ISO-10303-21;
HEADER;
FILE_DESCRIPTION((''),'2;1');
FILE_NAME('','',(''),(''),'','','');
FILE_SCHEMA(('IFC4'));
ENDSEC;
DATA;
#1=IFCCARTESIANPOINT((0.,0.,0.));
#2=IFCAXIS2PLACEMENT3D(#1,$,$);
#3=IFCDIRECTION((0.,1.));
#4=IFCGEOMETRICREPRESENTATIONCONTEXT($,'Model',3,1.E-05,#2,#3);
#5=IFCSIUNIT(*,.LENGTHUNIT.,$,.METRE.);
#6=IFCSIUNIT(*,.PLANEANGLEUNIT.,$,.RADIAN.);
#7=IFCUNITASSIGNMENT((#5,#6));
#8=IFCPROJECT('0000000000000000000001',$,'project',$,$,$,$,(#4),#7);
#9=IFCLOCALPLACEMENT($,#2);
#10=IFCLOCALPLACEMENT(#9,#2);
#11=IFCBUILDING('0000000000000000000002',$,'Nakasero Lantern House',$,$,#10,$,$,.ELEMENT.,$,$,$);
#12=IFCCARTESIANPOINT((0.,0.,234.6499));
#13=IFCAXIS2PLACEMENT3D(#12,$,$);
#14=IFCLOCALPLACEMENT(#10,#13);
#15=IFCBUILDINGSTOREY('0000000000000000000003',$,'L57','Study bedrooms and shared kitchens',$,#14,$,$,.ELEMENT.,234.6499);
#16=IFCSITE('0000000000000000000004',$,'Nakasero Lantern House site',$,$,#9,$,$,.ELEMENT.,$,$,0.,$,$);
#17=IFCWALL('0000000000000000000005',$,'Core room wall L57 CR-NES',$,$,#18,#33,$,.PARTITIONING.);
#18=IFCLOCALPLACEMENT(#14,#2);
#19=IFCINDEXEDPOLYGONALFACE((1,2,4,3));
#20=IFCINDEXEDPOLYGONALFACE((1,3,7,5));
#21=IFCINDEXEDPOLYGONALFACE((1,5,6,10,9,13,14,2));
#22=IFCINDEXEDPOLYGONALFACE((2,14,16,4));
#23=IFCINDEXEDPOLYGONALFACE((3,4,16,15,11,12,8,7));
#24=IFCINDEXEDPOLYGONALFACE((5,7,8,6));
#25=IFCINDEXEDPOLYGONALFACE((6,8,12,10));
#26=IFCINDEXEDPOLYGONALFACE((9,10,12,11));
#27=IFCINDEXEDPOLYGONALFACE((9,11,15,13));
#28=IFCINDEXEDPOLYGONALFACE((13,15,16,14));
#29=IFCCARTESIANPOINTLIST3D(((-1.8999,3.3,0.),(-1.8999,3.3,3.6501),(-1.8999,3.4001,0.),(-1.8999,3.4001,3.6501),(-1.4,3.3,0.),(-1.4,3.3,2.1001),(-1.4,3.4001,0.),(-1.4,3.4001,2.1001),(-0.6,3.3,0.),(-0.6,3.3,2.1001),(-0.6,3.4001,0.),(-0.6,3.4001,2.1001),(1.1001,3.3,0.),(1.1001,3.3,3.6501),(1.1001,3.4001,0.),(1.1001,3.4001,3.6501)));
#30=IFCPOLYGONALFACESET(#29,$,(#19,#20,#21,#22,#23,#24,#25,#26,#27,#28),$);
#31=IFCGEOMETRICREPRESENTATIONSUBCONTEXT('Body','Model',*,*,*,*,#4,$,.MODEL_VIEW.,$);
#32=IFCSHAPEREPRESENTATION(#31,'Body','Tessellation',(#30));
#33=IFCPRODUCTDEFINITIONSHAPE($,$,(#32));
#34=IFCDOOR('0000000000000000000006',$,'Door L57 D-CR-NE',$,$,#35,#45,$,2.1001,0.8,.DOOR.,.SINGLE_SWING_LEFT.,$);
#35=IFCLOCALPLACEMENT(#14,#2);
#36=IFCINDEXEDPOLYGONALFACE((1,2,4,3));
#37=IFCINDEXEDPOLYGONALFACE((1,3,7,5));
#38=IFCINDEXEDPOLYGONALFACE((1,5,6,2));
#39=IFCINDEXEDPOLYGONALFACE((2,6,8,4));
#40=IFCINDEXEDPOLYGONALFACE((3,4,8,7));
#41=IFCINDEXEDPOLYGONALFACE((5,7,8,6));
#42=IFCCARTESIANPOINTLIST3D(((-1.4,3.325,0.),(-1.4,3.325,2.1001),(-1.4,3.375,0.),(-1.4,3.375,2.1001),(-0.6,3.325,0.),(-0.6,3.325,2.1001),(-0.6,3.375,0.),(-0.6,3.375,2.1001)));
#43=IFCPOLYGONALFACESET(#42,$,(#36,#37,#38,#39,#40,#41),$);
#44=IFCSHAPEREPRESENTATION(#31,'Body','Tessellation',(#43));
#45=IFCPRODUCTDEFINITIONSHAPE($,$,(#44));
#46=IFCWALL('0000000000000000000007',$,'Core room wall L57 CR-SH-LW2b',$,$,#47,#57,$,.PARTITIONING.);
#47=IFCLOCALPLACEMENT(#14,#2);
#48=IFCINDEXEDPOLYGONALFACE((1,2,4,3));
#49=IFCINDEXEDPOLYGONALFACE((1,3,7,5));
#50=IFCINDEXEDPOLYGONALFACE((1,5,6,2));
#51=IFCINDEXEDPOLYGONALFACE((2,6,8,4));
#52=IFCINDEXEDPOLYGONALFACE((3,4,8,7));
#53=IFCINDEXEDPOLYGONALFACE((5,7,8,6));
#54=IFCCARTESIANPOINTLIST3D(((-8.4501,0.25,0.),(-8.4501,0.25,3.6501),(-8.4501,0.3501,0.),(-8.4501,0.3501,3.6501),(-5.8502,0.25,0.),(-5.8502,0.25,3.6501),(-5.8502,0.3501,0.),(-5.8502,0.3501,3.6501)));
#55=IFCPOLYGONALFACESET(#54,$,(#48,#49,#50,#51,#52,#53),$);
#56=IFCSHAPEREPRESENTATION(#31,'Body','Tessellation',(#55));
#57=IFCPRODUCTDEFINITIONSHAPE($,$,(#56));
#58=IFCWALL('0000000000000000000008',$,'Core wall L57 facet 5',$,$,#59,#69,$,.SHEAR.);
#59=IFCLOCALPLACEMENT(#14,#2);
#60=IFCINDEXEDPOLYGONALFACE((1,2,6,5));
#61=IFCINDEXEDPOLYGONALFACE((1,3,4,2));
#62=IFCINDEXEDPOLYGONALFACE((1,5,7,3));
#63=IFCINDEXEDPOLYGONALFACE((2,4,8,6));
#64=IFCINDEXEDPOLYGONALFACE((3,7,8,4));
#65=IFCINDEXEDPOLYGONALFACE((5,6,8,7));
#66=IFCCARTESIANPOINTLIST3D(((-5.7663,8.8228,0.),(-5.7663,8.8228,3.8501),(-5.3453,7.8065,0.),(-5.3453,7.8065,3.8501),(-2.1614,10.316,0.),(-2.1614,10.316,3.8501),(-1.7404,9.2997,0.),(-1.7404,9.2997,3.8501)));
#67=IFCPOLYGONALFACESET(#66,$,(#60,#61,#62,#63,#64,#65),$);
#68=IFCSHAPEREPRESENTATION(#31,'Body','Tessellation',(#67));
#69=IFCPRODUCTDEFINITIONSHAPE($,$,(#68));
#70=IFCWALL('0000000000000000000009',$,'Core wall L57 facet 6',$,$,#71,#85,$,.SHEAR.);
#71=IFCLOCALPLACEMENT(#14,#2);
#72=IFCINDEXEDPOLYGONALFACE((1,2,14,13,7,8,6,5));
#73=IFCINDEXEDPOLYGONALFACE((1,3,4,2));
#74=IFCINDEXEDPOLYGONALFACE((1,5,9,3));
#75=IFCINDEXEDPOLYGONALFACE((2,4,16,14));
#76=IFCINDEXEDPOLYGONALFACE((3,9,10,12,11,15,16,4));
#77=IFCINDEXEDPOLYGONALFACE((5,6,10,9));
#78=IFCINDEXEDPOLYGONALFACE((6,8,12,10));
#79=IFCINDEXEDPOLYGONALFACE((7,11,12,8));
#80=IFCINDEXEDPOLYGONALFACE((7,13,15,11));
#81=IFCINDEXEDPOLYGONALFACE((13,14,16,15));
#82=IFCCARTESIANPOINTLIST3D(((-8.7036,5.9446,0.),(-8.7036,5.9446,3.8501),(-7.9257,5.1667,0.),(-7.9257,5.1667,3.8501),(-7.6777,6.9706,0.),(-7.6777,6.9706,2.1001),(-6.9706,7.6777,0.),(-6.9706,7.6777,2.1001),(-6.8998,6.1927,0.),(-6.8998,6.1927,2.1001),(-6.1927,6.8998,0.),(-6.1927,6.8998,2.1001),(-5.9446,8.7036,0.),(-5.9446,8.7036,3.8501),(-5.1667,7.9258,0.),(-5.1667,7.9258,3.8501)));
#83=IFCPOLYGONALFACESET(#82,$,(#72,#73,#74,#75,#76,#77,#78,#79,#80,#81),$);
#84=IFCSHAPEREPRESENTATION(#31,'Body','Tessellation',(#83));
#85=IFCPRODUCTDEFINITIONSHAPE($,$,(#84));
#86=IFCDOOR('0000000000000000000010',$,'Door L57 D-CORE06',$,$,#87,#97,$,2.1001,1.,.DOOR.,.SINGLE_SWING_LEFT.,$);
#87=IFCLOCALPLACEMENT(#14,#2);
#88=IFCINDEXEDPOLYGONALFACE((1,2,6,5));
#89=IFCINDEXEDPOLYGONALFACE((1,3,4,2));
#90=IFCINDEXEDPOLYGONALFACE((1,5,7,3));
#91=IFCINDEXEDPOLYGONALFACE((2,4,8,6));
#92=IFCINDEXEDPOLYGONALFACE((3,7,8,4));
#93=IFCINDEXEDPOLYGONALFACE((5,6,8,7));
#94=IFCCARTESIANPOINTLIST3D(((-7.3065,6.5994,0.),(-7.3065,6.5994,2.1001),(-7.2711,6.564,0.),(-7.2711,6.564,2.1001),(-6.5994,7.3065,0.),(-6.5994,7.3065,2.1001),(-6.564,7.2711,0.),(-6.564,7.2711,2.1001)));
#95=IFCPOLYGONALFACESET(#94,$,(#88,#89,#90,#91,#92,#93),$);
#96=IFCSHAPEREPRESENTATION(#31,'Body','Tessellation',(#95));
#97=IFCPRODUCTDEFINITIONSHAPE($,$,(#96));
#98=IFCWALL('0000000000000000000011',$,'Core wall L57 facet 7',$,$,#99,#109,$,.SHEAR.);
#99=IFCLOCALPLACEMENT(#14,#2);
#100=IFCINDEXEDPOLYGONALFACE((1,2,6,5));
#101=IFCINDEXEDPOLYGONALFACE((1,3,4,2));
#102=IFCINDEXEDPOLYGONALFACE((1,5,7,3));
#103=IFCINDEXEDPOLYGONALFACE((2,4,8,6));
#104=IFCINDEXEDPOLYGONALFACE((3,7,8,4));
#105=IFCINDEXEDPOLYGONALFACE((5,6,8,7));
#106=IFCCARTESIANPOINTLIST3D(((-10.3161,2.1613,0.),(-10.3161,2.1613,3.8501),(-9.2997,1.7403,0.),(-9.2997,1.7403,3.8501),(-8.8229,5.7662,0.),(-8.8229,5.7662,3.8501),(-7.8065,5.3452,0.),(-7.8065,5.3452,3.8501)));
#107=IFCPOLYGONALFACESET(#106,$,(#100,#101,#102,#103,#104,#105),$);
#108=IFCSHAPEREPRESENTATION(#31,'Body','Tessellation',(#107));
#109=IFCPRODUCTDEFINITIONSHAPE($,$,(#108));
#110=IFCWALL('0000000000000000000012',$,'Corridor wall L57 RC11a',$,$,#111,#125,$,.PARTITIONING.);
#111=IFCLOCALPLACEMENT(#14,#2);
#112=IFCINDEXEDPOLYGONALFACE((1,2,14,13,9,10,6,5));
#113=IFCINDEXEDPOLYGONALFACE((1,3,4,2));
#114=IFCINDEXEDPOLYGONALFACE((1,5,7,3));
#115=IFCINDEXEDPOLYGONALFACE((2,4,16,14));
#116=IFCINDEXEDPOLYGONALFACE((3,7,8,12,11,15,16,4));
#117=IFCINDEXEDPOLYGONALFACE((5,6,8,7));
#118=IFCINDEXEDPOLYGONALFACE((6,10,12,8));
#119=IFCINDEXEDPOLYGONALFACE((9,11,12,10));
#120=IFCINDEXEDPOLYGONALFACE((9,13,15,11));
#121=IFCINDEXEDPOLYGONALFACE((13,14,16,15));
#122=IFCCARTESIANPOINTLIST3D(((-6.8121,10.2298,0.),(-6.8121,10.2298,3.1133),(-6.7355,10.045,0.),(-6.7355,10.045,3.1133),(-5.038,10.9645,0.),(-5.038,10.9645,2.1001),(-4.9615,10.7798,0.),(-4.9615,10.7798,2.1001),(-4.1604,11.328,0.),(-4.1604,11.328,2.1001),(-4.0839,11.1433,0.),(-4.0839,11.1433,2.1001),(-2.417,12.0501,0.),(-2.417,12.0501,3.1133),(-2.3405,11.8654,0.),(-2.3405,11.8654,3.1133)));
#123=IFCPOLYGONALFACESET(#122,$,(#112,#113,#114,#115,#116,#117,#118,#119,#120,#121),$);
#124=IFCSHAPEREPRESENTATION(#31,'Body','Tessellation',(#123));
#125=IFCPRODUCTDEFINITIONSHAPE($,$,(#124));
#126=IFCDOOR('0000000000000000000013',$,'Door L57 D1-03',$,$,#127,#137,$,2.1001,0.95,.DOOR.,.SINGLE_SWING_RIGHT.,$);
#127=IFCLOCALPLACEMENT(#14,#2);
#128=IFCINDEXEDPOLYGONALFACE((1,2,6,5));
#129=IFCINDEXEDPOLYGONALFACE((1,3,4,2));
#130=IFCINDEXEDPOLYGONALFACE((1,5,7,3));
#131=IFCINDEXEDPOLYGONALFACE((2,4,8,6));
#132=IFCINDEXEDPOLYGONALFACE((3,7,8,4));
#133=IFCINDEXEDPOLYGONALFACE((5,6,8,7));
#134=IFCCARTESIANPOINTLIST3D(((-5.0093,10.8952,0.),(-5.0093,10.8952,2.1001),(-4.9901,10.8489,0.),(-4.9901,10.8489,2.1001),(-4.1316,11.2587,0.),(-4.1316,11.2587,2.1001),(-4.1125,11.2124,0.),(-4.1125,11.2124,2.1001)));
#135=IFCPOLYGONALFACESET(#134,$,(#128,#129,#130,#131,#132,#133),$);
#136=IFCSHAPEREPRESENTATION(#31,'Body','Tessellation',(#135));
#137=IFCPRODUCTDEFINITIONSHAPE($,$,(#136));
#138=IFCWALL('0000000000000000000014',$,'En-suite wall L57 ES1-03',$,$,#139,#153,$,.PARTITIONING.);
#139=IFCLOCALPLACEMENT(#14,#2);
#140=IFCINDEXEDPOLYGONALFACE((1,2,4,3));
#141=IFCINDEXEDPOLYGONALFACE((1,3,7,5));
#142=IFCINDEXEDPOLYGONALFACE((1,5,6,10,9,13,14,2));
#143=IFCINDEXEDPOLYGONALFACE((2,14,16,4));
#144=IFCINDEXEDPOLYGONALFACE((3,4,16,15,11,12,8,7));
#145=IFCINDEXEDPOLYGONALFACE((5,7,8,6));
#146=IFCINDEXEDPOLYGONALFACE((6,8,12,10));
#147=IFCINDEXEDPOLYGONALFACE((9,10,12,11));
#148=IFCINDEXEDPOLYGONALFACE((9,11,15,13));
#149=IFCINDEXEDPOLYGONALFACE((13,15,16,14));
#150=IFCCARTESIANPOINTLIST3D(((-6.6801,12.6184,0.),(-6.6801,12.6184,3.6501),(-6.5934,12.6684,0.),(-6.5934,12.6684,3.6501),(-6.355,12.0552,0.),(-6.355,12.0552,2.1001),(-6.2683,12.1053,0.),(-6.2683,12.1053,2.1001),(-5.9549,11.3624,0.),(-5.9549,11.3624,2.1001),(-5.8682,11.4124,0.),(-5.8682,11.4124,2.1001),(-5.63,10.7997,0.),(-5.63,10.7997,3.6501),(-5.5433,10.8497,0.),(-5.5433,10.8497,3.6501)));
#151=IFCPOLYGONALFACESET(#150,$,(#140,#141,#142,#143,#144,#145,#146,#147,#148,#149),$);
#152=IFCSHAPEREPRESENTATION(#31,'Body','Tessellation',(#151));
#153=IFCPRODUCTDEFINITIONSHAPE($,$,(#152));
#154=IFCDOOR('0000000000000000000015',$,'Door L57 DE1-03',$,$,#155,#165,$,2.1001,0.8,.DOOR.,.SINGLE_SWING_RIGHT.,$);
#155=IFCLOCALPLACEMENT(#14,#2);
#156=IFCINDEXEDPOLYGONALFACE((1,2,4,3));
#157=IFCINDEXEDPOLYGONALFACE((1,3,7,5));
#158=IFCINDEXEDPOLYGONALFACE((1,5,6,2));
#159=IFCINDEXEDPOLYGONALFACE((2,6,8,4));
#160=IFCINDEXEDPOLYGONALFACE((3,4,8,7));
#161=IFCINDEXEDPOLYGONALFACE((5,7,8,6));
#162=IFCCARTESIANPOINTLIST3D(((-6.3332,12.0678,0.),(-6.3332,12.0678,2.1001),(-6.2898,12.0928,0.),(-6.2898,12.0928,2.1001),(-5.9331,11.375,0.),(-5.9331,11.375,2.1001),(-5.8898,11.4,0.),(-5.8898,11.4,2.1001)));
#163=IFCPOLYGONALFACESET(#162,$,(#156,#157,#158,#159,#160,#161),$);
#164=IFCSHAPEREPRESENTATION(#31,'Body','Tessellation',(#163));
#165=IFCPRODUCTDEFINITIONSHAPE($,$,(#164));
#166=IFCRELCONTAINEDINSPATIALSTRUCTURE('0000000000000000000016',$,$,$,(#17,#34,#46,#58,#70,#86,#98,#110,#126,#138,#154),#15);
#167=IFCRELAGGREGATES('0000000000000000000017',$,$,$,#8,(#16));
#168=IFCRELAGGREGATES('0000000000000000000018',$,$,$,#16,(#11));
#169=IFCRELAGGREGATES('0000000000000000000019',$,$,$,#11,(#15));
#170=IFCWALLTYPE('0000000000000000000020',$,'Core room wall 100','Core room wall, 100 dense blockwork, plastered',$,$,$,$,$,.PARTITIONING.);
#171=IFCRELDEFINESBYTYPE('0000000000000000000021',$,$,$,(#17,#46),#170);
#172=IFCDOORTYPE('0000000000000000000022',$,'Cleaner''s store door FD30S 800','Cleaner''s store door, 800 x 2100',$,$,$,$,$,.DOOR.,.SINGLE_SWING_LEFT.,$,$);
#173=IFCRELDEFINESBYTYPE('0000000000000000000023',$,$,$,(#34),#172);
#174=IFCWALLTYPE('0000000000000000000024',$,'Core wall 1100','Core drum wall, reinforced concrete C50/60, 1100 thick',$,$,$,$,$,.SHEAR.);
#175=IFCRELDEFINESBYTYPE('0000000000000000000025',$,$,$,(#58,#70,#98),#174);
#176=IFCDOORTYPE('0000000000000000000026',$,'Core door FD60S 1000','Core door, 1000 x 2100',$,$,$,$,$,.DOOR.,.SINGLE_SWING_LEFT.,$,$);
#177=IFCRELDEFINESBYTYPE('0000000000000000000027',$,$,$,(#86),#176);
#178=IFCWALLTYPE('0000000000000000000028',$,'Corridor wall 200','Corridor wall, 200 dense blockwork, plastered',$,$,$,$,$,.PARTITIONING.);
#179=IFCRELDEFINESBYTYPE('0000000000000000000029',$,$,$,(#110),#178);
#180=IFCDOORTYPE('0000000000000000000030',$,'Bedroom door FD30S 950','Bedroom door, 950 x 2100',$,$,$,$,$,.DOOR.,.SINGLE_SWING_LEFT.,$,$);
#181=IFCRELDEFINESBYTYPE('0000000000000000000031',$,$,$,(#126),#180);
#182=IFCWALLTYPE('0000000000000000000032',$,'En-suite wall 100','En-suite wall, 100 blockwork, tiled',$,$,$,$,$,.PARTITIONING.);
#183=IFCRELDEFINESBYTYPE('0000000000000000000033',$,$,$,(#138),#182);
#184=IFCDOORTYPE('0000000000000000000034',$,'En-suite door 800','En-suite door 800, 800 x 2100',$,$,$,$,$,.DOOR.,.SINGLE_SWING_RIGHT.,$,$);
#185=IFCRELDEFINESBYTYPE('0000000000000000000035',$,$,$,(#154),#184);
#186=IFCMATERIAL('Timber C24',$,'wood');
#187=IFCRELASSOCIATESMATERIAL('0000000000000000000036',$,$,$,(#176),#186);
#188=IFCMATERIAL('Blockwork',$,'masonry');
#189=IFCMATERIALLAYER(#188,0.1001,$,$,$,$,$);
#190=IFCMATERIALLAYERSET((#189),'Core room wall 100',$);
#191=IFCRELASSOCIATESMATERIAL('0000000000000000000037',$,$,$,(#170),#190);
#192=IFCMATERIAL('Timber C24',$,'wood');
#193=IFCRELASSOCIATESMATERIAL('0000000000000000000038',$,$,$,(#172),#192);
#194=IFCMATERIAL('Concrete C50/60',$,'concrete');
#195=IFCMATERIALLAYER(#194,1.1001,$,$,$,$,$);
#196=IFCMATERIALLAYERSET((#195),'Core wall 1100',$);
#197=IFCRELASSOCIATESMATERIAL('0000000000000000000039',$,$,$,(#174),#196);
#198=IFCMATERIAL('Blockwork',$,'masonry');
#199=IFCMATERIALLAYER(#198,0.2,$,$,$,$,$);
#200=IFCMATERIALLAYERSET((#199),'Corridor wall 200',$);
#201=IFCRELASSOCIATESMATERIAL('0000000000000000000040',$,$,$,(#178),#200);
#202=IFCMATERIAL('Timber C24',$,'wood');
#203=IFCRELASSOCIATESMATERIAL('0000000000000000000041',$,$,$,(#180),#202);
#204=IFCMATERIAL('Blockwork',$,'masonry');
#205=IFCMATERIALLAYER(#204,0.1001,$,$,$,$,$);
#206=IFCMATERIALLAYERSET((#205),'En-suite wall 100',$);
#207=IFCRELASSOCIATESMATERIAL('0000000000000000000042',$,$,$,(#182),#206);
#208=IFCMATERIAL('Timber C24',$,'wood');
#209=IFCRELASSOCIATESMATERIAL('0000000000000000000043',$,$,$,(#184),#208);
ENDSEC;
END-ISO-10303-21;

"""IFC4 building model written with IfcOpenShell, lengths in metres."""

from ifc_helpers import new_model, si_unit, direction, frame, frame_2d, origin, place, context, subcontext, project, spatial, rectangle, extrude, material, layer, layer_set, type_object, element, fill, save


model = new_model("IFC4")

# Units and contexts
model_context = context("Model", 3, precision=1e-05, world=origin(), true_north=direction((0.0, 1.0)))
body_context = subcontext(model_context, "Body", "Model", "MODEL_VIEW")
ifc_project = project(units=[si_unit("LENGTHUNIT", "METRE"), si_unit("PLANEANGLEUNIT", "RADIAN")], contexts=[model_context])

# Site, building, storey
site_placement = place(None, origin())
site = spatial("IfcSite", under=ifc_project, at=site_placement, Name="Nakasero Lantern House site", CompositionType="ELEMENT", RefElevation=0.0)
building_placement = place(site_placement, origin())
building = spatial("IfcBuilding", under=site, at=building_placement, Name="Nakasero Lantern House", CompositionType="ELEMENT")
storey_placement = place(building_placement, frame((0.0, 0.0, 234.6499)))
storey = spatial("IfcBuildingStorey", under=building, at=storey_placement, Name="L57", Description="Study bedrooms and shared kitchens", CompositionType="ELEMENT", Elevation=234.6499)

# Shared definitions
ifc_material_1 = material(Name="Timber C24", Category="wood")
door_type_1 = type_object("IfcDoorType", Name="Core door FD60S 1000", Description="Core door, 1000 x 2100", OperationType="SINGLE_SWING_LEFT", PredefinedType="DOOR", material=ifc_material_1)

# Wall, opening, door
ifc_material_2 = material(Name="Blockwork", Category="masonry")
ifc_layer_1 = layer(ifc_material_2, 0.1001)
ifc_layer_set_1 = layer_set([ifc_layer_1], Name="Core room wall 100")
wall_type_1 = type_object("IfcWallType", Name="Core room wall 100", Description="Core room wall, 100 dense blockwork, plastered", PredefinedType="PARTITIONING", material=ifc_layer_set_1)
wall_1_placement = place(storey_placement, frame((-1.8999, 3.3501, 0.0), z_axis=(0.0, 0.0, 1.0), x_axis=(1.0, 0.0, 0.0)))
wall_1 = element("IfcWall", 1, at=wall_1_placement, inside=storey, type_object=wall_type_1, Name="Core room wall L57 CR-NES", PredefinedType="PARTITIONING", context=body_context, shape_type="SweptSolid", body=[
    extrude(rectangle(XDim=3.0, YDim=0.1001, at=frame_2d((1.5, 0.0))), origin(), (0.0, 0.0, 1.0), 3.6501),
])
opening_1_placement = place(wall_1_placement, frame((0.5, 0.0, 0.0)))
opening_1 = element("IfcOpeningElement", 2, at=opening_1_placement, cuts=wall_1, PredefinedType="OPENING", context=body_context, shape_type="SweptSolid", body=[
    extrude(rectangle(XDim=0.8, YDim=2.1001, at=frame_2d((0.3999, 1.05))), frame((0.0, 0.0701, 0.0), z_axis=(0.0, -1.0, 0.0), x_axis=(1.0, 0.0, 0.0)), (0.0, 0.0, 1.0), 0.1401),
])
ifc_material_3 = material(Name="Timber C24", Category="wood")
door_type_2 = type_object("IfcDoorType", Name="Cleaner's store door FD30S 800", Description="Cleaner's store door, 800 x 2100", OperationType="SINGLE_SWING_LEFT", PredefinedType="DOOR", material=ifc_material_3)
door_1_placement = place(opening_1_placement, origin())
door_1 = element("IfcDoor", 3, at=door_1_placement, inside=storey, type_object=door_type_2, Name="Door L57 D-CR-NE", OperationType="SINGLE_SWING_LEFT", OverallHeight=2.1001, OverallWidth=0.8, PredefinedType="DOOR", context=body_context, shape_type="SweptSolid", body=[
    extrude(rectangle(XDim=0.8, YDim=2.1001, at=frame_2d((0.3999, 1.05))), frame((0.0, 0.0249, 0.0), z_axis=(0.0, -1.0, 0.0), x_axis=(1.0, 0.0, 0.0)), (0.0, 0.0, 1.0), 0.05),
])
fill(opening_1, door_1)

# Walls
wall_2_placement = place(storey_placement, frame((-8.45, 0.3, 0.0), z_axis=(0.0, 0.0, 1.0), x_axis=(1.0, 0.0, 0.0)))
element("IfcWall", 4, at=wall_2_placement, inside=storey, type_object=wall_type_1, Name="Core room wall L57 CR-SH-LW2b", PredefinedType="PARTITIONING", context=body_context, shape_type="SweptSolid", body=[
    extrude(rectangle(XDim=2.5999, YDim=0.1001, at=frame_2d((1.2998, 0.0))), origin(), (0.0, 0.0, 1.0), 3.6501),
])
ifc_material_4 = material(Name="Concrete C50/60", Category="concrete")
ifc_layer_2 = layer(ifc_material_4, 1.1001)
ifc_layer_set_2 = layer_set([ifc_layer_2], Name="Core wall 1100")
wall_type_2 = type_object("IfcWallType", Name="Core wall 1100", Description="Core drum wall, reinforced concrete C50/60, 1100 thick", PredefinedType="SHEAR", material=ifc_layer_set_2)
wall_3_placement = place(storey_placement, frame((-1.9509, 9.8079, 0.0), z_axis=(0.0, 0.0, 1.0), x_axis=(-0.923877, -0.382691, 0.0)))
element("IfcWall", 5, at=wall_3_placement, inside=storey, type_object=wall_type_2, Name="Core wall L57 facet 5", PredefinedType="SHEAR", context=body_context, shape_type="SweptSolid", body=[
    extrude(rectangle(XDim=3.9019, YDim=1.1001, at=frame_2d((1.9509, 0.0))), origin(), (0.0, 0.0, 1.0), 3.8501),
])

# Wall, opening, door
wall_4_placement = place(storey_placement, frame((-5.5557, 8.3147, 0.0), z_axis=(0.0, 0.0, 1.0), x_axis=(-0.707107, -0.707107, 0.0)))
wall_4 = element("IfcWall", 6, at=wall_4_placement, inside=storey, type_object=wall_type_2, Name="Core wall L57 facet 6", PredefinedType="SHEAR", context=body_context, shape_type="SweptSolid", body=[
    extrude(rectangle(XDim=3.9019, YDim=1.1001, at=frame_2d((1.9509, 0.0))), origin(), (0.0, 0.0, 1.0), 3.8501),
])
opening_2_placement = place(wall_4_placement, frame((1.4509, 0.0, 0.0)))
opening_2 = element("IfcOpeningElement", 7, at=opening_2_placement, cuts=wall_4, PredefinedType="OPENING", context=body_context, shape_type="SweptSolid", body=[
    extrude(rectangle(XDim=1.0, YDim=2.1001, at=frame_2d((0.5, 1.05))), frame((0.0, 0.5701, 0.0), z_axis=(0.0, -1.0, 0.0), x_axis=(1.0, 0.0, 0.0)), (0.0, 0.0, 1.0), 1.1401),
])
door_2_placement = place(opening_2_placement, origin())
door_2 = element("IfcDoor", 8, at=door_2_placement, inside=storey, type_object=door_type_1, Name="Door L57 D-CORE06", OperationType="SINGLE_SWING_LEFT", OverallHeight=2.1001, OverallWidth=1.0, PredefinedType="DOOR", context=body_context, shape_type="SweptSolid", body=[
    extrude(rectangle(XDim=1.0, YDim=2.1001, at=frame_2d((0.5, 1.05))), frame((0.0, 0.0249, 0.0), z_axis=(0.0, -1.0, 0.0), x_axis=(1.0, 0.0, 0.0)), (0.0, 0.0, 1.0), 0.05),
])
fill(opening_2, door_2)

# Wall
wall_5_placement = place(storey_placement, frame((-8.3147, 5.5557, 0.0), z_axis=(0.0, 0.0, 1.0), x_axis=(-0.382691, -0.923877, 0.0)))
element("IfcWall", 9, at=wall_5_placement, inside=storey, type_object=wall_type_2, Name="Core wall L57 facet 7", PredefinedType="SHEAR", context=body_context, shape_type="SweptSolid", body=[
    extrude(rectangle(XDim=3.9019, YDim=1.1001, at=frame_2d((1.9509, 0.0))), origin(), (0.0, 0.0, 1.0), 3.8501),
])

# Walls, openings, doors
ifc_material_5 = material(Name="Blockwork", Category="masonry")
ifc_layer_3 = layer(ifc_material_5, 0.2)
ifc_layer_set_3 = layer_set([ifc_layer_3], Name="Corridor wall 200")
wall_type_3 = type_object("IfcWallType", Name="Corridor wall 200", Description="Corridor wall, 200 dense blockwork, plastered", PredefinedType="PARTITIONING", material=ifc_layer_set_3)
wall_6_placement = place(storey_placement, frame((-6.7737, 10.1375, 0.0), z_axis=(0.0, 0.0, 1.0), x_axis=(0.923892, 0.382654, 0.0)))
wall_6 = element("IfcWall", 10, at=wall_6_placement, inside=storey, type_object=wall_type_3, Name="Corridor wall L57 RC11a", PredefinedType="PARTITIONING", context=body_context, shape_type="SweptSolid", body=[
    extrude(rectangle(XDim=4.7571, YDim=0.2, at=frame_2d((2.3784, 0.0))), origin(), (0.0, 0.0, 1.0), 3.1133),
])
opening_3_placement = place(wall_6_placement, frame((1.9199, 0.0, 0.0)))
opening_3 = element("IfcOpeningElement", 11, at=opening_3_placement, cuts=wall_6, PredefinedType="OPENING", context=body_context, shape_type="SweptSolid", body=[
    extrude(rectangle(XDim=0.95, YDim=2.1001, at=frame_2d((0.4751, 1.05))), frame((0.0, 0.1199, 0.0), z_axis=(0.0, -1.0, 0.0), x_axis=(1.0, 0.0, 0.0)), (0.0, 0.0, 1.0), 0.24),
])
ifc_material_6 = material(Name="Timber C24", Category="wood")
door_type_3 = type_object("IfcDoorType", Name="Bedroom door FD30S 950", Description="Bedroom door, 950 x 2100", OperationType="SINGLE_SWING_LEFT", PredefinedType="DOOR", material=ifc_material_6)
door_3_placement = place(opening_3_placement, origin())
door_3 = element("IfcDoor", 12, at=door_3_placement, inside=storey, type_object=door_type_3, Name="Door L57 D1-03", OperationType="SINGLE_SWING_RIGHT", OverallHeight=2.1001, OverallWidth=0.95, PredefinedType="DOOR", context=body_context, shape_type="SweptSolid", body=[
    extrude(rectangle(XDim=0.95, YDim=2.1001, at=frame_2d((0.4751, 1.05))), frame((0.0, 0.0249, 0.0), z_axis=(0.0, -1.0, 0.0), x_axis=(1.0, 0.0, 0.0)), (0.0, 0.0, 1.0), 0.05),
])
fill(opening_3, door_3)
ifc_material_7 = material(Name="Blockwork", Category="masonry")
ifc_layer_4 = layer(ifc_material_7, 0.1001)
ifc_layer_set_4 = layer_set([ifc_layer_4], Name="En-suite wall 100")
wall_type_4 = type_object("IfcWallType", Name="En-suite wall 100", Description="En-suite wall, 100 blockwork, tiled", PredefinedType="PARTITIONING", material=ifc_layer_set_4)
wall_7_placement = place(storey_placement, frame((-5.5867, 10.8247, 0.0), z_axis=(0.0, 0.0, 1.0), x_axis=(-0.500028, 0.866009, 0.0)))
wall_7 = element("IfcWall", 13, at=wall_7_placement, inside=storey, type_object=wall_type_4, Name="En-suite wall L57 ES1-03", PredefinedType="PARTITIONING", context=body_context, shape_type="SweptSolid", body=[
    extrude(rectangle(XDim=2.1001, YDim=0.1001, at=frame_2d((1.05, 0.0))), origin(), (0.0, 0.0, 1.0), 3.6501),
])
opening_4_placement = place(wall_7_placement, frame((0.6499, 0.0, 0.0)))
opening_4 = element("IfcOpeningElement", 14, at=opening_4_placement, cuts=wall_7, PredefinedType="OPENING", context=body_context, shape_type="SweptSolid", body=[
    extrude(rectangle(XDim=0.8, YDim=2.1001, at=frame_2d((0.3999, 1.05))), frame((0.0, 0.0701, 0.0), z_axis=(0.0, -1.0, 0.0), x_axis=(1.0, 0.0, 0.0)), (0.0, 0.0, 1.0), 0.1401),
])
ifc_material_8 = material(Name="Timber C24", Category="wood")
door_type_4 = type_object("IfcDoorType", Name="En-suite door 800", Description="En-suite door 800, 800 x 2100", OperationType="SINGLE_SWING_RIGHT", PredefinedType="DOOR", material=ifc_material_8)
door_4_placement = place(opening_4_placement, origin())
door_4 = element("IfcDoor", 15, at=door_4_placement, inside=storey, type_object=door_type_4, Name="Door L57 DE1-03", OperationType="SINGLE_SWING_RIGHT", OverallHeight=2.1001, OverallWidth=0.8, PredefinedType="DOOR", context=body_context, shape_type="SweptSolid", body=[
    extrude(rectangle(XDim=0.8, YDim=2.1001, at=frame_2d((0.3999, 1.05))), frame((0.0, 0.0249, 0.0), z_axis=(0.0, -1.0, 0.0), x_axis=(1.0, 0.0, 0.0)), (0.0, 0.0, 1.0), 0.05),
])
fill(opening_4, door_4)

save(model, "model.ifc")
